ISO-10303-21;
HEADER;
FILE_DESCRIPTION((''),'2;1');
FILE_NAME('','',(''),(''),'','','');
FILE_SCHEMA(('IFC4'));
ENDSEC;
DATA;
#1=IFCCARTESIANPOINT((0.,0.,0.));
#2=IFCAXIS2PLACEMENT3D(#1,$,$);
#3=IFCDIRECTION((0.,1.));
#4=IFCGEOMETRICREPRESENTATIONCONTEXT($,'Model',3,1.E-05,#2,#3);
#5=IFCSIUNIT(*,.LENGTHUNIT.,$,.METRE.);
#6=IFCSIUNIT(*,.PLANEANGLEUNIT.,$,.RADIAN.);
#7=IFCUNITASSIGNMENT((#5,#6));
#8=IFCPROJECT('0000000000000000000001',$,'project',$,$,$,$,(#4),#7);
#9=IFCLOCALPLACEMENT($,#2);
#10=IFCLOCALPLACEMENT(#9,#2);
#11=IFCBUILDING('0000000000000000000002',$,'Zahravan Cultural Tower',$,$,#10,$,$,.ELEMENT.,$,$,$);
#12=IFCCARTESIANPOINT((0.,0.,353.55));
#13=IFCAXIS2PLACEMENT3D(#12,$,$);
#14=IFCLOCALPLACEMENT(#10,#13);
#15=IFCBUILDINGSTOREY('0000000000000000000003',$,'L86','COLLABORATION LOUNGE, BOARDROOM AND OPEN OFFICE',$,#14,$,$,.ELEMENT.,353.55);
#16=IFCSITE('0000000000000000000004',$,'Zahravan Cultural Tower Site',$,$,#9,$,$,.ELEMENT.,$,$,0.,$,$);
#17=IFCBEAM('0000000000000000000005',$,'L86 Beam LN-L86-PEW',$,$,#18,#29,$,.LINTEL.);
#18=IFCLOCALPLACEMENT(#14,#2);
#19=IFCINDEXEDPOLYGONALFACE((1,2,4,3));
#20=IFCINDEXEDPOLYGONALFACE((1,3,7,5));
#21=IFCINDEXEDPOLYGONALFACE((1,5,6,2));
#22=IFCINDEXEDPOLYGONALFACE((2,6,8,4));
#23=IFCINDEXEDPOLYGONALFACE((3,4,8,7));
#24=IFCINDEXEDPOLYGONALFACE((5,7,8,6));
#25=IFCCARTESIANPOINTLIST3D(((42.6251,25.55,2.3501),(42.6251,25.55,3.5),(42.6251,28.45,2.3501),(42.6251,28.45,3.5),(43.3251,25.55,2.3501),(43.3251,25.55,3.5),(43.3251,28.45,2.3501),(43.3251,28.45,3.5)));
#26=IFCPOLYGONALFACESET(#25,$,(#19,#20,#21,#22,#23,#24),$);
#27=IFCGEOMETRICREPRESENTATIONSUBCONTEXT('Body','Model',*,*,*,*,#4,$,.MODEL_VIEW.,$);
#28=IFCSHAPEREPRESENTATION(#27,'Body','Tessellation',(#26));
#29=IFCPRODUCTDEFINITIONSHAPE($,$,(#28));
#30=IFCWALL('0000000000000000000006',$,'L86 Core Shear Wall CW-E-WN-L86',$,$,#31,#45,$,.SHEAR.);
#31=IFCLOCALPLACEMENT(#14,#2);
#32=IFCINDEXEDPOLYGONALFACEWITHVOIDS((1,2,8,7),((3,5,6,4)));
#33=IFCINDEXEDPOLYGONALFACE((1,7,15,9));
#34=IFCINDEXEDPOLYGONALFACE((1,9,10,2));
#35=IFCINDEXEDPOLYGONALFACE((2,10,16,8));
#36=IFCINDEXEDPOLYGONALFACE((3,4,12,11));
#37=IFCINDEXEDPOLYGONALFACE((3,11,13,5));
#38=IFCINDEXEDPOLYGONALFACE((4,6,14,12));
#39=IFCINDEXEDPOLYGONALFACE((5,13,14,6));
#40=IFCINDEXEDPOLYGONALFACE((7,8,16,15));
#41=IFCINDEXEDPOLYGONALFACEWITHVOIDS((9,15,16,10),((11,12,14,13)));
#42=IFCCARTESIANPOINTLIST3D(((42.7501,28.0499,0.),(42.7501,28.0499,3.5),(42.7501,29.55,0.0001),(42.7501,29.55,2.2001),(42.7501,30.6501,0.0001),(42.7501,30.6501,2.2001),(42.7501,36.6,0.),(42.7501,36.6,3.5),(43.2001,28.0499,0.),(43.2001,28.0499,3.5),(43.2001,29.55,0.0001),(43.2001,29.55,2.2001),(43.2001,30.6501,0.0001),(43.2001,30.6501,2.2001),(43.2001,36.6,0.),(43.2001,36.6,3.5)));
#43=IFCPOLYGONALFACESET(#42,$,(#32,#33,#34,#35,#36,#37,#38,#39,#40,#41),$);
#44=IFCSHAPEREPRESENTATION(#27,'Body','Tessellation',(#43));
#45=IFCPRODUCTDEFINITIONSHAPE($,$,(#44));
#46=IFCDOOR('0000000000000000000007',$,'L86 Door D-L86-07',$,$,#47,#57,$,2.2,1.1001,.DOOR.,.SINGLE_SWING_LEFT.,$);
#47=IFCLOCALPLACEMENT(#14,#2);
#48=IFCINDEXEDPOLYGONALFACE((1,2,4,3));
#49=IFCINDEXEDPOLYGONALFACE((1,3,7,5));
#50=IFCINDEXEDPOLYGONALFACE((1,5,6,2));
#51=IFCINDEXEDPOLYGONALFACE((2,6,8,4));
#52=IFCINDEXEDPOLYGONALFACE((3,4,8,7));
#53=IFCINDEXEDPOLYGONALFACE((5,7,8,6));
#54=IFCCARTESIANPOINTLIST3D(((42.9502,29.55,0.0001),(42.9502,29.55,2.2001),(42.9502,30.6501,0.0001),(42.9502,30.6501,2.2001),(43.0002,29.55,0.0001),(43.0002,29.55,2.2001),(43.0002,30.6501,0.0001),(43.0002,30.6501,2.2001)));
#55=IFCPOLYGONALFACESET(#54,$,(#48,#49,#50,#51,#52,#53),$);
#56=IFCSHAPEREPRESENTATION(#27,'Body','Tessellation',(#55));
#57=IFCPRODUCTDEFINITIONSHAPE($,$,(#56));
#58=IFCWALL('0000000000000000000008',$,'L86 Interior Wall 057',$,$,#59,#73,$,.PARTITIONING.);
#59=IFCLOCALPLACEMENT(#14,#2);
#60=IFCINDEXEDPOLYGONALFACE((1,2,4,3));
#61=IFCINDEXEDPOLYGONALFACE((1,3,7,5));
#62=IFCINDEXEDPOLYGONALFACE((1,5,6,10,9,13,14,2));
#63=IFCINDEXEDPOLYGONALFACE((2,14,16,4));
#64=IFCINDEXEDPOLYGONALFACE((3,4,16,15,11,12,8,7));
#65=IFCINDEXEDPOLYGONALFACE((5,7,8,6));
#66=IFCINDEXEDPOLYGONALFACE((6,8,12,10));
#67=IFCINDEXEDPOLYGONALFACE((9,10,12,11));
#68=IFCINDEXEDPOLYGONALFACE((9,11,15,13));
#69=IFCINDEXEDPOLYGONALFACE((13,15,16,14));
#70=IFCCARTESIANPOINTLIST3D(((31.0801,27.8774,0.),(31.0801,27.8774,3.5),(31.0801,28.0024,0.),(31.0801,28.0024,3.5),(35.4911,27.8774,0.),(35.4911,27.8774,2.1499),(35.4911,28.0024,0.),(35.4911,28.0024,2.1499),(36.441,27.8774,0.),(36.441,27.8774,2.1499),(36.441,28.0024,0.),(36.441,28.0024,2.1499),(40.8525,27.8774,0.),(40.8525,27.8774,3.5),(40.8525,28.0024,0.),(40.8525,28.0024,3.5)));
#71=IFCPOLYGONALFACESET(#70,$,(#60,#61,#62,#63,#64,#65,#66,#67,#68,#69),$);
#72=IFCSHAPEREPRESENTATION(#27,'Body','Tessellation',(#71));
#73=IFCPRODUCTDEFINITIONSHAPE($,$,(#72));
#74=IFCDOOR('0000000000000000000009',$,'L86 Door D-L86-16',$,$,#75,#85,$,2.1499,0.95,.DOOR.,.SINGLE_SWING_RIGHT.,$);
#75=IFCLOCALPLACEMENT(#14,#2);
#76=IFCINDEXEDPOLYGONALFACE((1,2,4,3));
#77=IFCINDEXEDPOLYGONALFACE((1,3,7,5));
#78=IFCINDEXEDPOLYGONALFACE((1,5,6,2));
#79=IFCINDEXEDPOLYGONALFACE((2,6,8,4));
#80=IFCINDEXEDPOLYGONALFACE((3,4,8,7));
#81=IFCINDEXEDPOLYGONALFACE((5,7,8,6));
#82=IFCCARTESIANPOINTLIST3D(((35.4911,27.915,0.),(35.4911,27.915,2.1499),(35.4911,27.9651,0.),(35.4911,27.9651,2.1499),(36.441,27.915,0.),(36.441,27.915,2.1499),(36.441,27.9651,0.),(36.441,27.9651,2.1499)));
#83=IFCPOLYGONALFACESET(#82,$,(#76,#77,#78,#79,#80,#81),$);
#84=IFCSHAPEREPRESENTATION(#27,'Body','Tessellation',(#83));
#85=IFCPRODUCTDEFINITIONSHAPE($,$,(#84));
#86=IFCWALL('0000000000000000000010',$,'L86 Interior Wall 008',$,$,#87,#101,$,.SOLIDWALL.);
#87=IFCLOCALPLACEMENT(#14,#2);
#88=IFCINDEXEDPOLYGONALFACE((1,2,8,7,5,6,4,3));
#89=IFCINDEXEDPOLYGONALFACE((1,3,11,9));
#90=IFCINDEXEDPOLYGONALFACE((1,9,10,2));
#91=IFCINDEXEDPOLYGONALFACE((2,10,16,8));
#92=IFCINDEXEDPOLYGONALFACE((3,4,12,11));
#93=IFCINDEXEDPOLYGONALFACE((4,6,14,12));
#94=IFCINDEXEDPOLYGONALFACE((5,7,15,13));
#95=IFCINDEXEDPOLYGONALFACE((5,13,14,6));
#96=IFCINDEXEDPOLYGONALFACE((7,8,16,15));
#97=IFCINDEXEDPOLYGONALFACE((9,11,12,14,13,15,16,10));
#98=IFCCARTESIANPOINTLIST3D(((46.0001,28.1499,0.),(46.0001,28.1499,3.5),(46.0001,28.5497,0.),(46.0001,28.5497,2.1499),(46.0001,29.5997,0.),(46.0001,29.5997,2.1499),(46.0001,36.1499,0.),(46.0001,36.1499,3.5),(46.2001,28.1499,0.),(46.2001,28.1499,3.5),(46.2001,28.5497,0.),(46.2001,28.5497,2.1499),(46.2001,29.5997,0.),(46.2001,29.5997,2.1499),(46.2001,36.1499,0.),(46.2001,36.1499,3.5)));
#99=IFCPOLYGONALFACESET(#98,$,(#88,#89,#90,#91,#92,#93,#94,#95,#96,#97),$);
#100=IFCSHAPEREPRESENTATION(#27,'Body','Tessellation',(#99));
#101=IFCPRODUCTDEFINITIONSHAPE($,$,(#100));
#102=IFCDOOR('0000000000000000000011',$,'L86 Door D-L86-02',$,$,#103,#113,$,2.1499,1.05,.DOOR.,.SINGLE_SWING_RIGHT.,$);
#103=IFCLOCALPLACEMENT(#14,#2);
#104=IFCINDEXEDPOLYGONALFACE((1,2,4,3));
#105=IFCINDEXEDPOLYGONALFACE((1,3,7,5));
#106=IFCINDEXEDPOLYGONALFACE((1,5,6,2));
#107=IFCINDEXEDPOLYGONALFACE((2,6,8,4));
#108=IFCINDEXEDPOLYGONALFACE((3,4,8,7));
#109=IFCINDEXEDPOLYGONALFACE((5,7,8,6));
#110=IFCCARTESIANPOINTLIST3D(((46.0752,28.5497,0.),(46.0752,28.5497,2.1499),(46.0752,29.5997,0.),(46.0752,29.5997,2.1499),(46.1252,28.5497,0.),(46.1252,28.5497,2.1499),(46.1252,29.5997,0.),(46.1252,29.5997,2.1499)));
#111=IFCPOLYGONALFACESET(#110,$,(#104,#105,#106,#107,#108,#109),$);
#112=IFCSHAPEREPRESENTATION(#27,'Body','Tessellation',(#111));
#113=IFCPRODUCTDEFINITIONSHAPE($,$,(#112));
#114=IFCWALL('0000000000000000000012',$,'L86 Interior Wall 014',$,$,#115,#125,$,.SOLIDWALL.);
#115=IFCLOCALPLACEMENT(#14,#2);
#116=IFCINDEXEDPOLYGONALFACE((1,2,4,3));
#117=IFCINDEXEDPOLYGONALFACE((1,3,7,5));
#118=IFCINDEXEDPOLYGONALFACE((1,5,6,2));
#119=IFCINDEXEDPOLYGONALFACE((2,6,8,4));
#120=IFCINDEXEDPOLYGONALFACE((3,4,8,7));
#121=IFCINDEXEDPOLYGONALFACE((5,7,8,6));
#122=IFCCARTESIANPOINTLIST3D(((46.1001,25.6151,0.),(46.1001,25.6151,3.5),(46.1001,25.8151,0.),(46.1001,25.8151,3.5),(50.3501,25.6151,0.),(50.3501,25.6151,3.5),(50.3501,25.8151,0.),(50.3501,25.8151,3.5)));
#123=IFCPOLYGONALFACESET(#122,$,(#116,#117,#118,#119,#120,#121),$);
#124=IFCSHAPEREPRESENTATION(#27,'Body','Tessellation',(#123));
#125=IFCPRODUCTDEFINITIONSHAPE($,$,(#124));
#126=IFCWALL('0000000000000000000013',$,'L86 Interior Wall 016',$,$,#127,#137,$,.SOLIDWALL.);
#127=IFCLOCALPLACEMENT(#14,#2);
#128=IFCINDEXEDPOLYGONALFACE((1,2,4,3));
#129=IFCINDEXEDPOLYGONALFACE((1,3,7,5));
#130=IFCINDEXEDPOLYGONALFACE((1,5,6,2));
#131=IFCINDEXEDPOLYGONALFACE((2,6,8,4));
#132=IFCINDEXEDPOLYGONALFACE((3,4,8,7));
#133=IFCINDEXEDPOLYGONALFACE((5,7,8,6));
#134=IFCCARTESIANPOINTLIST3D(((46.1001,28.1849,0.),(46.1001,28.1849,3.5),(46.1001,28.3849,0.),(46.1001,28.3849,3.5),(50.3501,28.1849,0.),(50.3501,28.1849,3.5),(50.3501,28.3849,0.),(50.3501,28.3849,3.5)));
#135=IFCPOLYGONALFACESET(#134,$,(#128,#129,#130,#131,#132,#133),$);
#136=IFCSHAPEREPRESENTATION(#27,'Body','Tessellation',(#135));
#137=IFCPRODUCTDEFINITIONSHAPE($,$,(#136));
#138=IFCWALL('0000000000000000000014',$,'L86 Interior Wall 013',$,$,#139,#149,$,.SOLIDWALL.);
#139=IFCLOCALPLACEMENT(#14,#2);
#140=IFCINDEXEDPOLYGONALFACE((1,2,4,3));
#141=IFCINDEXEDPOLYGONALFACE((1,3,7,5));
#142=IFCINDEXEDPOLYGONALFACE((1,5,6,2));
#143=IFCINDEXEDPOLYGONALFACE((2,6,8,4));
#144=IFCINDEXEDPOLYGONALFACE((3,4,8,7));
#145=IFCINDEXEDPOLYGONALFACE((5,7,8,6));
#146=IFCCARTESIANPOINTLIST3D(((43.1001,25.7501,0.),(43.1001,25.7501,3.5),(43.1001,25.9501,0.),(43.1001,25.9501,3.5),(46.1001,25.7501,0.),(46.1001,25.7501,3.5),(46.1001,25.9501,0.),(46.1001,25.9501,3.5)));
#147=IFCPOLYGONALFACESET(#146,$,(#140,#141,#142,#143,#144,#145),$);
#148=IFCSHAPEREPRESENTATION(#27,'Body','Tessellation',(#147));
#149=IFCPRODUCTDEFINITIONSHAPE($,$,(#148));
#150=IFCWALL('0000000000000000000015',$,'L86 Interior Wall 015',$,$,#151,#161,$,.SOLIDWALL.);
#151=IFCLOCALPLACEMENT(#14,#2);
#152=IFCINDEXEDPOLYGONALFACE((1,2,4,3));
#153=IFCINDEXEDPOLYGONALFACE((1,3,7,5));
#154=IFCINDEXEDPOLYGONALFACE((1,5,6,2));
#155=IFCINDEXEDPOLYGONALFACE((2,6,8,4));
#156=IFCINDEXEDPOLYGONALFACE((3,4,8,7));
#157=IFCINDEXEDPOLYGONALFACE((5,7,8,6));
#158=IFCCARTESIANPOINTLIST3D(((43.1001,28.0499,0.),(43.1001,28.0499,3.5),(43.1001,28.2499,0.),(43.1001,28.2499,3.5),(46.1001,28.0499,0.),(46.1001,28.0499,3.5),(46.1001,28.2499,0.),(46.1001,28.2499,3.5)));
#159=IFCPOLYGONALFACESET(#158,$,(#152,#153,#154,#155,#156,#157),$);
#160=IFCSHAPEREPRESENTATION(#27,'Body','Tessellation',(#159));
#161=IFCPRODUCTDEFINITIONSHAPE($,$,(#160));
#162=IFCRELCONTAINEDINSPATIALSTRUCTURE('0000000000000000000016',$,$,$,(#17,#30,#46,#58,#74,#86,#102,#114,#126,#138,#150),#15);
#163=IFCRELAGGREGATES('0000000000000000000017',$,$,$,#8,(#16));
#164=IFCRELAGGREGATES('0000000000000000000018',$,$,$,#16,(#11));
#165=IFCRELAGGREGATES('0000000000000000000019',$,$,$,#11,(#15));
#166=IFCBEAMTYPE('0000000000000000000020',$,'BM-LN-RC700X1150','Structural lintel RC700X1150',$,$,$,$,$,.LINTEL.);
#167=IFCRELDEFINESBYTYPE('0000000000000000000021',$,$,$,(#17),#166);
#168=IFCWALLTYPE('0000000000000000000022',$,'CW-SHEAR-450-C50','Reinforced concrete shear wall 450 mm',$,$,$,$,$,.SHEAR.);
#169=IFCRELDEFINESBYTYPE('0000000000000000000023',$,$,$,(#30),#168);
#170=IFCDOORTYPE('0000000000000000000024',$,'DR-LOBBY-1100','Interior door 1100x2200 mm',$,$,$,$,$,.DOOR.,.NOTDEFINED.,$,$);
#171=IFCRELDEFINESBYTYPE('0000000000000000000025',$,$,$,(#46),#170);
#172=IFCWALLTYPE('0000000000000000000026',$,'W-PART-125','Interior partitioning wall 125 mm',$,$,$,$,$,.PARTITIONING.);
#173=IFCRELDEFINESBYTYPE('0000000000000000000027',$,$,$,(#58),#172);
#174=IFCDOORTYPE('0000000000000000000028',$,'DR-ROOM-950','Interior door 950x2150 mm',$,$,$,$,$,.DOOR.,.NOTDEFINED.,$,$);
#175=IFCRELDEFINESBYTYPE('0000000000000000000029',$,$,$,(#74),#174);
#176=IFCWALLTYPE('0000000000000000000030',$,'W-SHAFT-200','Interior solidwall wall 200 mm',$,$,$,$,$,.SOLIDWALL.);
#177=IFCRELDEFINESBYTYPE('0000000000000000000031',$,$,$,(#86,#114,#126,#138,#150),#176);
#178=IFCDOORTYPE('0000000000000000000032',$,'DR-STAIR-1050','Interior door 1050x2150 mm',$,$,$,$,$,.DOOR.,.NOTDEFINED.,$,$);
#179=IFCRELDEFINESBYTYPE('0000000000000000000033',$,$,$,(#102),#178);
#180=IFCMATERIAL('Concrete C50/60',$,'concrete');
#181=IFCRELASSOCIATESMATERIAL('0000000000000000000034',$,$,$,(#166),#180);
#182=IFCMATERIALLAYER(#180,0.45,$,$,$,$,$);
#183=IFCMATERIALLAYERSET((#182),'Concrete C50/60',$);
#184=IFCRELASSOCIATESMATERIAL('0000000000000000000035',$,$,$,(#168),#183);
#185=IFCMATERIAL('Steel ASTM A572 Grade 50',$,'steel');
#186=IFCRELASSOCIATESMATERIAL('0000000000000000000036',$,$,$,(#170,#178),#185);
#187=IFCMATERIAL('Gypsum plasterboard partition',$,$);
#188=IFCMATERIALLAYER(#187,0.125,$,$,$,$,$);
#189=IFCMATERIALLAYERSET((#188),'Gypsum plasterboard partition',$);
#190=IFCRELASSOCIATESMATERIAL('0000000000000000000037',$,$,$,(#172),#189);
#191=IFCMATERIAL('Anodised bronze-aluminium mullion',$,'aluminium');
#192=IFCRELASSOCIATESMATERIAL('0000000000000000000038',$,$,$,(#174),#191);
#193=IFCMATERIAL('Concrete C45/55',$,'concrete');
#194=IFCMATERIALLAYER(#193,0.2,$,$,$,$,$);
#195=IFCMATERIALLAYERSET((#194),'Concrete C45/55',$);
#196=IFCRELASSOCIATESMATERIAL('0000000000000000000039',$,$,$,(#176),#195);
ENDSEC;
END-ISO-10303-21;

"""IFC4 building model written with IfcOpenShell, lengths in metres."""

from ifc_helpers import new_model, si_unit, direction, frame, frame_2d, origin, origin_2d, place, context, subcontext, project, spatial, rectangle, extrude, source, transform, mapped, material, layer, layer_set, material_profile, profile_set, type_object, element, fill, save


model = new_model("IFC4")

# Units and contexts
model_context = context("Model", 3, precision=1e-05, world=origin(), true_north=direction((0.0, 1.0)))
body_context = subcontext(model_context, "Body", "Model", "MODEL_VIEW")
ifc_project = project(units=[si_unit("LENGTHUNIT", "METRE"), si_unit("PLANEANGLEUNIT", "RADIAN")], contexts=[model_context])

# Site, building, storey
site_placement = place(None, origin())
site = spatial("IfcSite", under=ifc_project, at=site_placement, Name="Zahravan Cultural Tower Site", CompositionType="ELEMENT", RefElevation=0.0)
building_placement = place(site_placement, origin())
building = spatial("IfcBuilding", under=site, at=building_placement, Name="Zahravan Cultural Tower", CompositionType="ELEMENT")
storey_placement = place(building_placement, frame((0.0, 0.0, 353.55)))
storey = spatial("IfcBuildingStorey", under=building, at=storey_placement, Name="L86", Description="COLLABORATION LOUNGE, BOARDROOM AND OPEN OFFICE", CompositionType="ELEMENT", Elevation=353.55)

# Beam
ifc_material_1 = material(Name="Concrete C50/60", Category="concrete")
ifc_material_profile = material_profile(ifc_material_1, rectangle(XDim=0.7, YDim=1.1499, at=origin_2d()), Name="RC700X1150")
ifc_profile_set = profile_set([ifc_material_profile], Name="Concrete C50/60")
beam_type = type_object("IfcBeamType", Name="BM-LN-RC700X1150", Description="Structural lintel RC700X1150", PredefinedType="LINTEL", material=ifc_profile_set)
shared_shape_1 = source(origin(), body_context, "Body", "SweptSolid", [
    extrude(rectangle(XDim=0.7, YDim=1.1499, at=origin_2d()), origin(), (0.0, 0.0, 1.0), 2.8999),
])
beam_placement = place(storey_placement, frame((42.9751, 25.55, 2.925), z_axis=(0.0, 1.0, 0.0), x_axis=(-1.0, 0.0, 0.0)))
element("IfcBeam", 1, at=beam_placement, inside=storey, type_object=beam_type, Name="L86 Beam LN-L86-PEW", PredefinedType="LINTEL", context=body_context, shape_type="MappedRepresentation", body=[
    mapped(shared_shape_1, transform((0.0, 0.0, 0.0), x_axis=(1.0, 0.0, 0.0), y_axis=(0.0, 1.0, 0.0), z_axis=(0.0, 0.0, 1.0), scale=1.0)),
])

# Walls, openings, doors
ifc_layer_1 = layer(ifc_material_1, 0.45)
ifc_layer_set_1 = layer_set([ifc_layer_1], Name="Concrete C50/60")
wall_type_1 = type_object("IfcWallType", Name="CW-SHEAR-450-C50", Description="Reinforced concrete shear wall 450 mm", PredefinedType="SHEAR", material=ifc_layer_set_1)
wall_1_placement = place(storey_placement, frame((42.9751, 28.05, 0.0), z_axis=(0.0, 0.0, 1.0), x_axis=(0.0, 1.0, 0.0)))
wall_1 = element("IfcWall", 2, at=wall_1_placement, inside=storey, type_object=wall_type_1, Name="L86 Core Shear Wall CW-E-WN-L86", PredefinedType="SHEAR", context=body_context, shape_type="SweptSolid", body=[
    extrude(rectangle(XDim=8.55, YDim=0.45, at=frame_2d((4.2749, 0.0))), origin(), (0.0, 0.0, 1.0), 3.5),
])
opening_1_placement = place(wall_1_placement, frame((1.5, 0.0, 0.0)))
opening_1 = element("IfcOpeningElement", 3, at=opening_1_placement, cuts=wall_1, PredefinedType="OPENING", context=body_context, shape_type="SweptSolid", body=[
    extrude(rectangle(XDim=1.1001, YDim=2.2, at=frame_2d((0.55, 1.1001))), frame((0.0, 0.2349, 0.0), z_axis=(0.0, -1.0, 0.0), x_axis=(1.0, 0.0, 0.0)), (0.0, 0.0, 1.0), 0.47),
])
ifc_material_2 = material(Name="Steel ASTM A572 Grade 50", Category="steel")
door_type_1 = type_object("IfcDoorType", Name="DR-LOBBY-1100", Description="Interior door 1100x2200 mm", OperationType="NOTDEFINED", PredefinedType="DOOR", material=ifc_material_2)
shared_shape_2 = source(origin(), body_context, "Body", "SweptSolid", [
    extrude(rectangle(XDim=1.1001, YDim=2.2, at=frame_2d((0.55, 1.1001))), frame((0.0, 0.0249, 0.0), z_axis=(0.0, -1.0, 0.0), x_axis=(1.0, 0.0, 0.0)), (0.0, 0.0, 1.0), 0.05),
])
door_1_placement = place(opening_1_placement, origin())
door_1 = element("IfcDoor", 4, at=door_1_placement, inside=storey, type_object=door_type_1, Name="L86 Door D-L86-07", OperationType="SINGLE_SWING_LEFT", OverallHeight=2.2, OverallWidth=1.1001, PredefinedType="DOOR", context=body_context, shape_type="MappedRepresentation", body=[
    mapped(shared_shape_2, transform((0.0, 0.0, 0.0), x_axis=(1.0, 0.0, 0.0), y_axis=(0.0, 1.0, 0.0), z_axis=(0.0, 0.0, 1.0), scale=1.0)),
])
fill(opening_1, door_1)
ifc_material_3 = material(Name="Gypsum plasterboard partition")
ifc_layer_2 = layer(ifc_material_3, 0.125)
ifc_layer_set_2 = layer_set([ifc_layer_2], Name="Gypsum plasterboard partition")
wall_type_2 = type_object("IfcWallType", Name="W-PART-125", Description="Interior partitioning wall 125 mm", PredefinedType="PARTITIONING", material=ifc_layer_set_2)
wall_2_placement = place(storey_placement, frame((40.8525, 27.9399, 0.0), z_axis=(0.0, 0.0, 1.0), x_axis=(-1.0, 0.0, 0.0)))
wall_2 = element("IfcWall", 5, at=wall_2_placement, inside=storey, type_object=wall_type_2, Name="L86 Interior Wall 057", PredefinedType="PARTITIONING", context=body_context, shape_type="SweptSolid", body=[
    extrude(rectangle(XDim=9.7725, YDim=0.125, at=frame_2d((4.8862, 0.0))), origin(), (0.0, 0.0, 1.0), 3.5),
])
opening_2_placement = place(wall_2_placement, frame((4.4114, 0.0, 0.0)))
opening_2 = element("IfcOpeningElement", 6, at=opening_2_placement, cuts=wall_2, PredefinedType="OPENING", context=body_context, shape_type="SweptSolid", body=[
    extrude(rectangle(XDim=0.95, YDim=2.1499, at=frame_2d((0.4751, 1.075))), frame((0.0, 0.0725, 0.0), z_axis=(0.0, -1.0, 0.0), x_axis=(1.0, 0.0, 0.0)), (0.0, 0.0, 1.0), 0.145),
])
ifc_material_4 = material(Name="Anodised bronze-aluminium mullion", Category="aluminium")
door_type_2 = type_object("IfcDoorType", Name="DR-ROOM-950", Description="Interior door 950x2150 mm", OperationType="NOTDEFINED", PredefinedType="DOOR", material=ifc_material_4)
shared_shape_3 = source(origin(), body_context, "Body", "SweptSolid", [
    extrude(rectangle(XDim=0.95, YDim=2.1499, at=frame_2d((0.4751, 1.075))), frame((0.0, 0.0249, 0.0), z_axis=(0.0, -1.0, 0.0), x_axis=(1.0, 0.0, 0.0)), (0.0, 0.0, 1.0), 0.05),
])
door_2_placement = place(opening_2_placement, origin())
door_2 = element("IfcDoor", 7, at=door_2_placement, inside=storey, type_object=door_type_2, Name="L86 Door D-L86-16", OperationType="SINGLE_SWING_RIGHT", OverallHeight=2.1499, OverallWidth=0.95, PredefinedType="DOOR", context=body_context, shape_type="MappedRepresentation", body=[
    mapped(shared_shape_3, transform((0.0, 0.0, 0.0), x_axis=(1.0, 0.0, 0.0), y_axis=(0.0, 1.0, 0.0), z_axis=(0.0, 0.0, 1.0), scale=1.0)),
])
fill(opening_2, door_2)
ifc_material_5 = material(Name="Concrete C45/55", Category="concrete")
ifc_layer_3 = layer(ifc_material_5, 0.2)
ifc_layer_set_3 = layer_set([ifc_layer_3], Name="Concrete C45/55")
wall_type_3 = type_object("IfcWallType", Name="W-SHAFT-200", Description="Interior solidwall wall 200 mm", PredefinedType="SOLIDWALL", material=ifc_layer_set_3)
wall_3_placement = place(storey_placement, frame((46.1001, 28.1499, 0.0), z_axis=(0.0, 0.0, 1.0), x_axis=(0.0, 1.0, 0.0)))
wall_3 = element("IfcWall", 8, at=wall_3_placement, inside=storey, type_object=wall_type_3, Name="L86 Interior Wall 008", PredefinedType="SOLIDWALL", context=body_context, shape_type="SweptSolid", body=[
    extrude(rectangle(XDim=8.0, YDim=0.2, at=frame_2d((4.0, 0.0))), origin(), (0.0, 0.0, 1.0), 3.5),
])
opening_3_placement = place(wall_3_placement, frame((0.3999, 0.0, 0.0)))
opening_3 = element("IfcOpeningElement", 9, at=opening_3_placement, cuts=wall_3, PredefinedType="OPENING", context=body_context, shape_type="SweptSolid", body=[
    extrude(rectangle(XDim=1.05, YDim=2.1499, at=frame_2d((0.5249, 1.075))), frame((0.0, 0.1099, 0.0), z_axis=(0.0, -1.0, 0.0), x_axis=(1.0, 0.0, 0.0)), (0.0, 0.0, 1.0), 0.22),
])
door_type_3 = type_object("IfcDoorType", Name="DR-STAIR-1050", Description="Interior door 1050x2150 mm", OperationType="NOTDEFINED", PredefinedType="DOOR", material=ifc_material_2)
shared_shape_4 = source(origin(), body_context, "Body", "SweptSolid", [
    extrude(rectangle(XDim=1.05, YDim=2.1499, at=frame_2d((0.5249, 1.075))), frame((0.0, 0.0249, 0.0), z_axis=(0.0, -1.0, 0.0), x_axis=(1.0, 0.0, 0.0)), (0.0, 0.0, 1.0), 0.05),
])
door_3_placement = place(opening_3_placement, origin())
door_3 = element("IfcDoor", 10, at=door_3_placement, inside=storey, type_object=door_type_3, Name="L86 Door D-L86-02", OperationType="SINGLE_SWING_RIGHT", OverallHeight=2.1499, OverallWidth=1.05, PredefinedType="DOOR", context=body_context, shape_type="MappedRepresentation", body=[
    mapped(shared_shape_4, transform((0.0, 0.0, 0.0), x_axis=(1.0, 0.0, 0.0), y_axis=(0.0, 1.0, 0.0), z_axis=(0.0, 0.0, 1.0), scale=1.0)),
])
fill(opening_3, door_3)

# Walls
shared_shape_5 = source(origin(), body_context, "Body", "SweptSolid", [
    extrude(rectangle(XDim=4.25, YDim=0.2, at=frame_2d((2.125, 0.0))), origin(), (0.0, 0.0, 1.0), 3.5),
])
for number, where, z_axis, x_axis, name in (
    (11, (46.1001, 25.7151, 0.0), (0.0, 0.0, 1.0), (1.0, 0.0, 0.0), "L86 Interior Wall 014"),
    (12, (46.1001, 28.2849, 0.0), (0.0, 0.0, 1.0), (1.0, 0.0, 0.0), "L86 Interior Wall 016"),
):
    element("IfcWall", number, at=place(storey_placement, frame(where, z_axis=z_axis, x_axis=x_axis)), inside=storey, type_object=wall_type_3, Name=name, PredefinedType="SOLIDWALL", context=body_context, shape_type="MappedRepresentation", body=[
        mapped(shared_shape_5, transform((0.0, 0.0, 0.0), x_axis=(1.0, 0.0, 0.0), y_axis=(0.0, 1.0, 0.0), z_axis=(0.0, 0.0, 1.0), scale=1.0)),
    ])
shared_shape_6 = source(origin(), body_context, "Body", "SweptSolid", [
    extrude(rectangle(XDim=3.0, YDim=0.2, at=frame_2d((1.5, 0.0))), origin(), (0.0, 0.0, 1.0), 3.5),
])
for number, where, z_axis, x_axis, name in (
    (13, (43.1001, 25.8501, 0.0), (0.0, 0.0, 1.0), (1.0, 0.0, 0.0), "L86 Interior Wall 013"),
    (14, (43.1001, 28.1499, 0.0), (0.0, 0.0, 1.0), (1.0, 0.0, 0.0), "L86 Interior Wall 015"),
):
    element("IfcWall", number, at=place(storey_placement, frame(where, z_axis=z_axis, x_axis=x_axis)), inside=storey, type_object=wall_type_3, Name=name, PredefinedType="SOLIDWALL", context=body_context, shape_type="MappedRepresentation", body=[
        mapped(shared_shape_6, transform((0.0, 0.0, 0.0), x_axis=(1.0, 0.0, 0.0), y_axis=(0.0, 1.0, 0.0), z_axis=(0.0, 0.0, 1.0), scale=1.0)),
    ])

save(model, "model.ifc")
